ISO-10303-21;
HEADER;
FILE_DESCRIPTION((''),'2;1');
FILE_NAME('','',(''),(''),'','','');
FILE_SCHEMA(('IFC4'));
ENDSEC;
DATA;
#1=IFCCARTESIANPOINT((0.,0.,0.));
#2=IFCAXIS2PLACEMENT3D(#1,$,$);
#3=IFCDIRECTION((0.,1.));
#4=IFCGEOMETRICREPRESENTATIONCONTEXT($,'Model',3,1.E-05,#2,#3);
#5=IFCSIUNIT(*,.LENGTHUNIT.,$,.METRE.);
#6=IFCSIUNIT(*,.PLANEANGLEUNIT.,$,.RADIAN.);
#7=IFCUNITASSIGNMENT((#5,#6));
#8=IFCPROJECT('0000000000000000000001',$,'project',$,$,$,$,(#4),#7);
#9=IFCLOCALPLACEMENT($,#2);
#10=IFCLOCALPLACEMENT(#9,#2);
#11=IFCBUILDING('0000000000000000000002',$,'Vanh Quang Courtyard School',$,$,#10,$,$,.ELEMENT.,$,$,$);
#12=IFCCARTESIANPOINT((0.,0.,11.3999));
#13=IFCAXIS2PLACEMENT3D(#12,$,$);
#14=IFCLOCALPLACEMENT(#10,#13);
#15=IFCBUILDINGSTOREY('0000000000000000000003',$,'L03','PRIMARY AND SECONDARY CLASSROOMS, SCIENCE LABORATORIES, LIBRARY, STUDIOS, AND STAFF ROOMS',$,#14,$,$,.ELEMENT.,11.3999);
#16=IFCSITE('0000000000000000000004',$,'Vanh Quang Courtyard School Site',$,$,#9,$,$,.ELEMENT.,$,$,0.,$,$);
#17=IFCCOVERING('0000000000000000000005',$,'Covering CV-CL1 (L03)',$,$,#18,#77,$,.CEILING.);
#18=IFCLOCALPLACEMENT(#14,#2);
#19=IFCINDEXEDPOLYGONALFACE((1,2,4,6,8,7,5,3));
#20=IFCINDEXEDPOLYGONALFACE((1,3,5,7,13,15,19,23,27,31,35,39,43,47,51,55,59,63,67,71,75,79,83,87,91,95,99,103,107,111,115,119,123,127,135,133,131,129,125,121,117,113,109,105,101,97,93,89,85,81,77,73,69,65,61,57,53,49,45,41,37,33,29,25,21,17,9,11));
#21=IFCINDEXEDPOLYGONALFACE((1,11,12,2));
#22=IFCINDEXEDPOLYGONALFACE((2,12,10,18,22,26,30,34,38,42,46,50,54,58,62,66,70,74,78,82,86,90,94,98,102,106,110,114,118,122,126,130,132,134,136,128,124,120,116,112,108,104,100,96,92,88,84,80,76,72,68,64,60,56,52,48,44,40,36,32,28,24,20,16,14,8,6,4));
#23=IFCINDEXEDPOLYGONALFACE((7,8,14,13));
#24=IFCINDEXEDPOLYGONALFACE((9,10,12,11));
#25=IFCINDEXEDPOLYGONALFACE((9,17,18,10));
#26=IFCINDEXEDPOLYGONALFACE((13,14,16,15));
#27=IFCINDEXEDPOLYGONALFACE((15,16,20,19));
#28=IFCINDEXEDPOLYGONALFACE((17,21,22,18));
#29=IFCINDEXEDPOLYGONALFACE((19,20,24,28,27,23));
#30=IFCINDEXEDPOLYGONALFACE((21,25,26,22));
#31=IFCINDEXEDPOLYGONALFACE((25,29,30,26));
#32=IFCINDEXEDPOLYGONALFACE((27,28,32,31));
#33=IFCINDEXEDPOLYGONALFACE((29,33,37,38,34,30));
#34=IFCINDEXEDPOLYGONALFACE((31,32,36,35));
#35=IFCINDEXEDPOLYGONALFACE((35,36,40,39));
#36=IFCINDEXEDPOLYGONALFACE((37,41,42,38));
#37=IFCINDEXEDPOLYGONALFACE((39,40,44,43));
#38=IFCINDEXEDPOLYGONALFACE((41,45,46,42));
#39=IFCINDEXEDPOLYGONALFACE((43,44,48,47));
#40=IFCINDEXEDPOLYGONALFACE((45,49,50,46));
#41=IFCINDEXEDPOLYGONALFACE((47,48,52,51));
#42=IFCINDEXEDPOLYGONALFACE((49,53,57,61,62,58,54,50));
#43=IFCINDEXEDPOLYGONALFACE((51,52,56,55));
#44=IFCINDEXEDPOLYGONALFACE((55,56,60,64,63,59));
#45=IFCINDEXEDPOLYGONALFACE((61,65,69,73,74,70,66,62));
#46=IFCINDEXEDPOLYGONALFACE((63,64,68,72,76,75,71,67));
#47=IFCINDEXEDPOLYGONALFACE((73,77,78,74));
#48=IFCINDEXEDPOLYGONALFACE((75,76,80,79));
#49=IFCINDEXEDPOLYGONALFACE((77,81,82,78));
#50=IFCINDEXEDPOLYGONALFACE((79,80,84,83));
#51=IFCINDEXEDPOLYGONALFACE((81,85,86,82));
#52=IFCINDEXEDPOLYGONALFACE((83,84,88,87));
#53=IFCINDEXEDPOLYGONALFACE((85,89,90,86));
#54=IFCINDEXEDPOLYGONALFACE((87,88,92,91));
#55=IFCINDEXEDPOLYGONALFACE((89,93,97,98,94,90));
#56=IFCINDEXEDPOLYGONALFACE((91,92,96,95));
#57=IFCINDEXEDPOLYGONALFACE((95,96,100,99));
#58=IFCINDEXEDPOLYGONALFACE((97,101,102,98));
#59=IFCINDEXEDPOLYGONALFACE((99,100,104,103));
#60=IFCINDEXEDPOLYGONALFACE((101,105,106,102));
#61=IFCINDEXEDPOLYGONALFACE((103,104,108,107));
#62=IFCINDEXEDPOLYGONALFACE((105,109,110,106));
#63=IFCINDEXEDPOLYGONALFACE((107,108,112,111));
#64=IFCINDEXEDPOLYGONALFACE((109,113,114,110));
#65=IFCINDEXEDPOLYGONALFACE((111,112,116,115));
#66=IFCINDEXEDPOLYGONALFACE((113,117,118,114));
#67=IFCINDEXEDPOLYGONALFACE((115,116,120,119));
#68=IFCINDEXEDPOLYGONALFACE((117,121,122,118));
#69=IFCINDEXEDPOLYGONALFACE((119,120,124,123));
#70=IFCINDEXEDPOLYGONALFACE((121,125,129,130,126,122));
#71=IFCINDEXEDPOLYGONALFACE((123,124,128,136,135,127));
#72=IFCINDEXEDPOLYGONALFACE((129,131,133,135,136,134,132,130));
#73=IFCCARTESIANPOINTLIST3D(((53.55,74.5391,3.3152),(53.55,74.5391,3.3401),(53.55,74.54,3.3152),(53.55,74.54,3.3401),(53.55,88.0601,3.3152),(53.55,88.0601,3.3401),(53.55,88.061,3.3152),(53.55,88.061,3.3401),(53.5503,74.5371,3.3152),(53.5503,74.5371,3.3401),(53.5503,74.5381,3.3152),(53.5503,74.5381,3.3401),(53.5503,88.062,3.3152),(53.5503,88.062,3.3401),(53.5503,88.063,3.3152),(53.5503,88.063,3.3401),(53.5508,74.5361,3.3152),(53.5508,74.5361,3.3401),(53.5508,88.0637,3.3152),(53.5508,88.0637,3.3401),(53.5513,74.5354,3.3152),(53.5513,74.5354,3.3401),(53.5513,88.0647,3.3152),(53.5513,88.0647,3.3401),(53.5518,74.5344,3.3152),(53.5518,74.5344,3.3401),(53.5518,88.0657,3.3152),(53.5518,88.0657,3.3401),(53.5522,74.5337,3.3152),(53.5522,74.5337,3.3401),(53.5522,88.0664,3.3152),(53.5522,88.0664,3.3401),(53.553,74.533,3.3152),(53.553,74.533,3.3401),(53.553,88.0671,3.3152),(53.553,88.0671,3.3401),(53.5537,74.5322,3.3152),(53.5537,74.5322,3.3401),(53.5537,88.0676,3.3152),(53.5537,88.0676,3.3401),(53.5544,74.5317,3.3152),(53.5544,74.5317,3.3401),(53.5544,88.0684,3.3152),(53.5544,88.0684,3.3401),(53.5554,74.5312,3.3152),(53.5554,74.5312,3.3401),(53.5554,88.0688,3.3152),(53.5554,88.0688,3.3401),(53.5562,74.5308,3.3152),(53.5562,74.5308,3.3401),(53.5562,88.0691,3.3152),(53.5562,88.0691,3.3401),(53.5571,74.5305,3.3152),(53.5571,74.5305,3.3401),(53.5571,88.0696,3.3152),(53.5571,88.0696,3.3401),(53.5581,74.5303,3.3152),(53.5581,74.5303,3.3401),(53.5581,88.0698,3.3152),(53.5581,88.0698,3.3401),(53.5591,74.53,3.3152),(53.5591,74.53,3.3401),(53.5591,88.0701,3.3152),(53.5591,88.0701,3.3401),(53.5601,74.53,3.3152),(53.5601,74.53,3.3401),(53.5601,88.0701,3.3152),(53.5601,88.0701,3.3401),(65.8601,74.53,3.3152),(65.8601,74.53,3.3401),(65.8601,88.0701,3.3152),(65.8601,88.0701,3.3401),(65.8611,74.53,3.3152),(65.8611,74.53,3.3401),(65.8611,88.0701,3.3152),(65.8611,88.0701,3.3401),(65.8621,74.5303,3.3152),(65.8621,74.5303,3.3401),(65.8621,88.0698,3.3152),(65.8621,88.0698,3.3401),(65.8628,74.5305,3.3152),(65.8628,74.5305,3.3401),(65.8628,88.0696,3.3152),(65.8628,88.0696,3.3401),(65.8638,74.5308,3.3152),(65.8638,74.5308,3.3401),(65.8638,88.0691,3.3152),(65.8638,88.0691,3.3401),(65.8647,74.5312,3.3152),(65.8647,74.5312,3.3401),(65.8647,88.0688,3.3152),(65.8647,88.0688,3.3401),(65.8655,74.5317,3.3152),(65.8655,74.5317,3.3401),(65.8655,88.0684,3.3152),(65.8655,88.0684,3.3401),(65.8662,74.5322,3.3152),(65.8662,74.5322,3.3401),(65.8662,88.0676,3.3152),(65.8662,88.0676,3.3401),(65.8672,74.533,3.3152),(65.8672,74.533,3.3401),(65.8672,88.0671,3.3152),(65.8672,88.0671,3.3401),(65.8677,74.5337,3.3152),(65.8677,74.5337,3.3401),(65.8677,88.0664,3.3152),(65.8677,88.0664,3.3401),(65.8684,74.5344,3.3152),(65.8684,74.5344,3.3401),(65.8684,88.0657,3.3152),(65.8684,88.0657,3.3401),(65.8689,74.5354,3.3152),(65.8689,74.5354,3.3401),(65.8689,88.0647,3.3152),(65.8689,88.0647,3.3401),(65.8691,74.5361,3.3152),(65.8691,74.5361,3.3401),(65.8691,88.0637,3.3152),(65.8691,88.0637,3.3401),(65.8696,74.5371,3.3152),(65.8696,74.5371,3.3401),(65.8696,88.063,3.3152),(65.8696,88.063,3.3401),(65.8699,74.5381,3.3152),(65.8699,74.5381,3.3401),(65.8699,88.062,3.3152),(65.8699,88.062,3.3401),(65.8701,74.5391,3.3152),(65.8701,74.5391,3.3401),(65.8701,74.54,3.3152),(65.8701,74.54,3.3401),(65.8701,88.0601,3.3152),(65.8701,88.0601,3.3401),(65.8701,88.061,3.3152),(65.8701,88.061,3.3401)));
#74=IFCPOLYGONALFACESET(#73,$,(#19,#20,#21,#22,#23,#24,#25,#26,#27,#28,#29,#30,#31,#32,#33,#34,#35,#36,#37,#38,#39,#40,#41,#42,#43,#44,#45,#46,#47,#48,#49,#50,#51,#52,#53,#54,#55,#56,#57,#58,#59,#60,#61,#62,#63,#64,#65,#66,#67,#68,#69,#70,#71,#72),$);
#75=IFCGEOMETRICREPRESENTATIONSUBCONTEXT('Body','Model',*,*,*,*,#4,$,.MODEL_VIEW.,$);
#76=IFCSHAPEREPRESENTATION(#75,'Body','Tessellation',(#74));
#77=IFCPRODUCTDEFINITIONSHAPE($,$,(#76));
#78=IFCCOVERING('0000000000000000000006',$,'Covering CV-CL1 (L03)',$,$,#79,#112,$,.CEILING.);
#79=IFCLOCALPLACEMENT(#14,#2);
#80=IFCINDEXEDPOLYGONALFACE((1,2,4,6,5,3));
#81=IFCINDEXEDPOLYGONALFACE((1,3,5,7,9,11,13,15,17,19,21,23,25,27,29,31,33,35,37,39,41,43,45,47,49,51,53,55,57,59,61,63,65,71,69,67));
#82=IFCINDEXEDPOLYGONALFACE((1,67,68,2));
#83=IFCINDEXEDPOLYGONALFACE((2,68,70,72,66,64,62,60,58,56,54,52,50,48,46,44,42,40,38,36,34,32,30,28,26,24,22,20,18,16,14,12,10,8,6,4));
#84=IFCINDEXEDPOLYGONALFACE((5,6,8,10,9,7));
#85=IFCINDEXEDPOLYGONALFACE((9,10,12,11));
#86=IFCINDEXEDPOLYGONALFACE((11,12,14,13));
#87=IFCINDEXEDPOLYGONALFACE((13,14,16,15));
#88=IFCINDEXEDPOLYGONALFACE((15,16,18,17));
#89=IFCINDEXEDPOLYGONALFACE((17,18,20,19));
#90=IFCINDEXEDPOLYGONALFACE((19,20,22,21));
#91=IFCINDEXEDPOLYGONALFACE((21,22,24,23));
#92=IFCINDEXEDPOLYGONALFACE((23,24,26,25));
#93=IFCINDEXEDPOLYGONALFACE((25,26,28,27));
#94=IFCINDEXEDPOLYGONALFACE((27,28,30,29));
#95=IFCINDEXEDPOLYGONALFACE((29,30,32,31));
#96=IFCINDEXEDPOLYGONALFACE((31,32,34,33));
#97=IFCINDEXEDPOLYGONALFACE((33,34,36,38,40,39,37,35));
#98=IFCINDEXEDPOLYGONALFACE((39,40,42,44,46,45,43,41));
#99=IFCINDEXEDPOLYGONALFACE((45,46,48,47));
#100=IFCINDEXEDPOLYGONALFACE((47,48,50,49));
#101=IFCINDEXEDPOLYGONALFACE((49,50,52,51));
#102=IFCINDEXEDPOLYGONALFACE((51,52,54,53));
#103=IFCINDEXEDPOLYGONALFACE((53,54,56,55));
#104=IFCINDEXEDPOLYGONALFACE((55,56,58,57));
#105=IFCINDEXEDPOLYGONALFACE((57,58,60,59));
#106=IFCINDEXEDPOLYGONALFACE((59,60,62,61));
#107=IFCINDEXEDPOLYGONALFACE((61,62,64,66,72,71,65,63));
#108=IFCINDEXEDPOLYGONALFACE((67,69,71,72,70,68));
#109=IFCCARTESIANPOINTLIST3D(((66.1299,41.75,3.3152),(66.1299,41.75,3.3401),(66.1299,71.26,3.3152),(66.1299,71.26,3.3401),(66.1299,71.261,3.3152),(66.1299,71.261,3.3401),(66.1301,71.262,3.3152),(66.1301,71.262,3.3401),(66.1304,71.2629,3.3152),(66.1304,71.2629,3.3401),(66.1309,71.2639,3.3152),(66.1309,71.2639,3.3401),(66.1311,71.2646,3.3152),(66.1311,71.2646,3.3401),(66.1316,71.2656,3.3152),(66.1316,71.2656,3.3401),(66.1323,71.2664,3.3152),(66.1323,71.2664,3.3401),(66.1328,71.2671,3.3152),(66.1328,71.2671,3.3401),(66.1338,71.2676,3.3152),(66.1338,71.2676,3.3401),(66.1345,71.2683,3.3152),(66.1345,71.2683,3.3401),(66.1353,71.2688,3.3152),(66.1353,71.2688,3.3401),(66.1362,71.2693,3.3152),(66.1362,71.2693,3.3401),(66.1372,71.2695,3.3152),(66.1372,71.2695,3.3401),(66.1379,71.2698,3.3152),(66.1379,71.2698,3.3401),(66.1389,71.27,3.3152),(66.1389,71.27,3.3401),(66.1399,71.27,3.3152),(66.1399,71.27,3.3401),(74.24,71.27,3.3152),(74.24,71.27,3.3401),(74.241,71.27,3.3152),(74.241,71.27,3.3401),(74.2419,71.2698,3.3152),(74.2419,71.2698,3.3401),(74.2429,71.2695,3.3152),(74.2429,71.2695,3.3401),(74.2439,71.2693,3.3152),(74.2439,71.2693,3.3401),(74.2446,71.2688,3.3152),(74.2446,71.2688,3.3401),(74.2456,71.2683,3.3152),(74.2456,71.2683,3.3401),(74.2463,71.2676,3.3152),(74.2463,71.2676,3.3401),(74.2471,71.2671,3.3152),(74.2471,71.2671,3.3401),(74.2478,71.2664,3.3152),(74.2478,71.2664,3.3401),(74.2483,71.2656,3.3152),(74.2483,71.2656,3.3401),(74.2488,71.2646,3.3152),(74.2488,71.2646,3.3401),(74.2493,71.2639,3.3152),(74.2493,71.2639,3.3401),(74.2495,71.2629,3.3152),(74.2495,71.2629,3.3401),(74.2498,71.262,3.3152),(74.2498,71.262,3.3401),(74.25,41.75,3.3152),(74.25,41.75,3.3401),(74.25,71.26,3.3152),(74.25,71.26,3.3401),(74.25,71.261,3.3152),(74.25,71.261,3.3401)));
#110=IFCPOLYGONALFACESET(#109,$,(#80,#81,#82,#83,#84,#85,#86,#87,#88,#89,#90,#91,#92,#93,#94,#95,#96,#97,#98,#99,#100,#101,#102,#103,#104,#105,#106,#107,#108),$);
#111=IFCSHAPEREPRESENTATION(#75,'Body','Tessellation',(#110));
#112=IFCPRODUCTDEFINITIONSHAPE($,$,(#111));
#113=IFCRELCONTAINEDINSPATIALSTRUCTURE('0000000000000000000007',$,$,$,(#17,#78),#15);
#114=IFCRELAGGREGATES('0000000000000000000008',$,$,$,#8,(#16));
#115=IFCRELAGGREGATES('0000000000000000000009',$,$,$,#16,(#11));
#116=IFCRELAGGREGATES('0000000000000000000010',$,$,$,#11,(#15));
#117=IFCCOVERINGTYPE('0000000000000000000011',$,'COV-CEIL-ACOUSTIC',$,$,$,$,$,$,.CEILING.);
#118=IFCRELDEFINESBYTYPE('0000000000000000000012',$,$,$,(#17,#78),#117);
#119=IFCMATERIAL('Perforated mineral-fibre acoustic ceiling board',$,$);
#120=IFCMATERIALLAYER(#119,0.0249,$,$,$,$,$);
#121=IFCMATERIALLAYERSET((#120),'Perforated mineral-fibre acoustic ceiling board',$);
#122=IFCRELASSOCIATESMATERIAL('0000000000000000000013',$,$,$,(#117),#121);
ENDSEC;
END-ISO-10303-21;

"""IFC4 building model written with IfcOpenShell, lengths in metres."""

from ifc_helpers import new_model, si_unit, direction, frame, origin, place, context, subcontext, project, spatial, polyline, outline, extrude, material, layer, layer_set, type_object, element, save


model = new_model("IFC4")

# Units and contexts
model_context = context("Model", 3, precision=1e-05, world=origin(), true_north=direction((0.0, 1.0)))
body_context = subcontext(model_context, "Body", "Model", "MODEL_VIEW")
ifc_project = project(units=[si_unit("LENGTHUNIT", "METRE"), si_unit("PLANEANGLEUNIT", "RADIAN")], contexts=[model_context])

# Site, building, storey
site_placement = place(None, origin())
site = spatial("IfcSite", under=ifc_project, at=site_placement, Name="Vanh Quang Courtyard School Site", CompositionType="ELEMENT", RefElevation=0.0)
building_placement = place(site_placement, origin())
building = spatial("IfcBuilding", under=site, at=building_placement, Name="Vanh Quang Courtyard School", CompositionType="ELEMENT")
storey_placement = place(building_placement, frame((0.0, 0.0, 11.3999)))
storey = spatial("IfcBuildingStorey", under=building, at=storey_placement, Name="L03", Description="PRIMARY AND SECONDARY CLASSROOMS, SCIENCE LABORATORIES, LIBRARY, STUDIOS, AND STAFF ROOMS", CompositionType="ELEMENT", Elevation=11.3999)

# Coverings
ifc_material_1 = material(Name="Perforated mineral-fibre acoustic ceiling board")
ifc_layer_1 = layer(ifc_material_1, 0.0249)
ifc_layer_set_1 = layer_set([ifc_layer_1], Name="Perforated mineral-fibre acoustic ceiling board")
covering_type_1 = type_object("IfcCoveringType", Name="COV-CEIL-ACOUSTIC", PredefinedType="CEILING", material=ifc_layer_set_1)
covering_1_placement = place(storey_placement, frame((0.0, 0.0, 3.3152)))
element("IfcCovering", 1, at=covering_1_placement, inside=storey, type_object=covering_type_1, Name="Covering CV-CL1 (L03)", PredefinedType="CEILING", context=body_context, shape_type="SweptSolid", body=[
    extrude(outline(polyline([(53.55, 88.0601), (53.55, 88.061), (53.5503, 88.062), (53.5503, 88.063), (53.5508, 88.0637), (53.5513, 88.0647), (53.5518, 88.0657), (53.5522, 88.0664), (53.553, 88.0671), (53.5537, 88.0676), (53.5544, 88.0684), (53.5554, 88.0688), (53.5562, 88.0691), (53.5571, 88.0696), (53.5581, 88.0698), (53.5591, 88.0701), (53.5601, 88.0701), (65.8601, 88.0701), (65.8611, 88.0701), (65.8621, 88.0698), (65.8628, 88.0696), (65.8638, 88.0691), (65.8647, 88.0688), (65.8655, 88.0684), (65.8662, 88.0676), (65.8672, 88.0671), (65.8677, 88.0664), (65.8684, 88.0657), (65.8689, 88.0647), (65.8691, 88.0637), (65.8696, 88.063), (65.8699, 88.062), (65.8701, 88.061), (65.8701, 88.0601), (65.8701, 74.54), (65.8701, 74.5391), (65.8699, 74.5381), (65.8696, 74.5371), (65.8691, 74.5361), (65.8689, 74.5354), (65.8684, 74.5344), (65.8677, 74.5337), (65.8672, 74.533), (65.8662, 74.5322), (65.8655, 74.5317), (65.8647, 74.5312), (65.8638, 74.5308), (65.8628, 74.5305), (65.8621, 74.5303), (65.8611, 74.53), (65.8601, 74.53), (53.5601, 74.53), (53.5591, 74.53), (53.5581, 74.5303), (53.5571, 74.5305), (53.5562, 74.5308), (53.5554, 74.5312), (53.5544, 74.5317), (53.5537, 74.5322), (53.553, 74.533), (53.5522, 74.5337), (53.5518, 74.5344), (53.5513, 74.5354), (53.5508, 74.5361), (53.5503, 74.5371), (53.5503, 74.5381), (53.55, 74.5391), (53.55, 74.54), (53.55, 88.0601)])), origin(), (0.0, 0.0, 1.0), 0.0249),
])
covering_2_placement = place(storey_placement, frame((0.0, 0.0, 3.3152)))
element("IfcCovering", 2, at=covering_2_placement, inside=storey, type_object=covering_type_1, Name="Covering CV-CL1 (L03)", PredefinedType="CEILING", context=body_context, shape_type="SweptSolid", body=[
    extrude(outline(polyline([(66.1299, 71.26), (66.1299, 71.261), (66.1301, 71.262), (66.1304, 71.2629), (66.1309, 71.2639), (66.1311, 71.2646), (66.1316, 71.2656), (66.1323, 71.2664), (66.1328, 71.2671), (66.1338, 71.2676), (66.1345, 71.2683), (66.1353, 71.2688), (66.1362, 71.2693), (66.1372, 71.2695), (66.1379, 71.2698), (66.1389, 71.27), (66.1399, 71.27), (74.24, 71.27), (74.241, 71.27), (74.2419, 71.2698), (74.2429, 71.2695), (74.2439, 71.2693), (74.2446, 71.2688), (74.2456, 71.2683), (74.2463, 71.2676), (74.2471, 71.2671), (74.2478, 71.2664), (74.2483, 71.2656), (74.2488, 71.2646), (74.2493, 71.2639), (74.2495, 71.2629), (74.2498, 71.262), (74.25, 71.261), (74.25, 71.26), (74.25, 41.75), (66.1299, 41.75), (66.1299, 71.26)])), origin(), (0.0, 0.0, 1.0), 0.0249),
])

save(model, "model.ifc")
